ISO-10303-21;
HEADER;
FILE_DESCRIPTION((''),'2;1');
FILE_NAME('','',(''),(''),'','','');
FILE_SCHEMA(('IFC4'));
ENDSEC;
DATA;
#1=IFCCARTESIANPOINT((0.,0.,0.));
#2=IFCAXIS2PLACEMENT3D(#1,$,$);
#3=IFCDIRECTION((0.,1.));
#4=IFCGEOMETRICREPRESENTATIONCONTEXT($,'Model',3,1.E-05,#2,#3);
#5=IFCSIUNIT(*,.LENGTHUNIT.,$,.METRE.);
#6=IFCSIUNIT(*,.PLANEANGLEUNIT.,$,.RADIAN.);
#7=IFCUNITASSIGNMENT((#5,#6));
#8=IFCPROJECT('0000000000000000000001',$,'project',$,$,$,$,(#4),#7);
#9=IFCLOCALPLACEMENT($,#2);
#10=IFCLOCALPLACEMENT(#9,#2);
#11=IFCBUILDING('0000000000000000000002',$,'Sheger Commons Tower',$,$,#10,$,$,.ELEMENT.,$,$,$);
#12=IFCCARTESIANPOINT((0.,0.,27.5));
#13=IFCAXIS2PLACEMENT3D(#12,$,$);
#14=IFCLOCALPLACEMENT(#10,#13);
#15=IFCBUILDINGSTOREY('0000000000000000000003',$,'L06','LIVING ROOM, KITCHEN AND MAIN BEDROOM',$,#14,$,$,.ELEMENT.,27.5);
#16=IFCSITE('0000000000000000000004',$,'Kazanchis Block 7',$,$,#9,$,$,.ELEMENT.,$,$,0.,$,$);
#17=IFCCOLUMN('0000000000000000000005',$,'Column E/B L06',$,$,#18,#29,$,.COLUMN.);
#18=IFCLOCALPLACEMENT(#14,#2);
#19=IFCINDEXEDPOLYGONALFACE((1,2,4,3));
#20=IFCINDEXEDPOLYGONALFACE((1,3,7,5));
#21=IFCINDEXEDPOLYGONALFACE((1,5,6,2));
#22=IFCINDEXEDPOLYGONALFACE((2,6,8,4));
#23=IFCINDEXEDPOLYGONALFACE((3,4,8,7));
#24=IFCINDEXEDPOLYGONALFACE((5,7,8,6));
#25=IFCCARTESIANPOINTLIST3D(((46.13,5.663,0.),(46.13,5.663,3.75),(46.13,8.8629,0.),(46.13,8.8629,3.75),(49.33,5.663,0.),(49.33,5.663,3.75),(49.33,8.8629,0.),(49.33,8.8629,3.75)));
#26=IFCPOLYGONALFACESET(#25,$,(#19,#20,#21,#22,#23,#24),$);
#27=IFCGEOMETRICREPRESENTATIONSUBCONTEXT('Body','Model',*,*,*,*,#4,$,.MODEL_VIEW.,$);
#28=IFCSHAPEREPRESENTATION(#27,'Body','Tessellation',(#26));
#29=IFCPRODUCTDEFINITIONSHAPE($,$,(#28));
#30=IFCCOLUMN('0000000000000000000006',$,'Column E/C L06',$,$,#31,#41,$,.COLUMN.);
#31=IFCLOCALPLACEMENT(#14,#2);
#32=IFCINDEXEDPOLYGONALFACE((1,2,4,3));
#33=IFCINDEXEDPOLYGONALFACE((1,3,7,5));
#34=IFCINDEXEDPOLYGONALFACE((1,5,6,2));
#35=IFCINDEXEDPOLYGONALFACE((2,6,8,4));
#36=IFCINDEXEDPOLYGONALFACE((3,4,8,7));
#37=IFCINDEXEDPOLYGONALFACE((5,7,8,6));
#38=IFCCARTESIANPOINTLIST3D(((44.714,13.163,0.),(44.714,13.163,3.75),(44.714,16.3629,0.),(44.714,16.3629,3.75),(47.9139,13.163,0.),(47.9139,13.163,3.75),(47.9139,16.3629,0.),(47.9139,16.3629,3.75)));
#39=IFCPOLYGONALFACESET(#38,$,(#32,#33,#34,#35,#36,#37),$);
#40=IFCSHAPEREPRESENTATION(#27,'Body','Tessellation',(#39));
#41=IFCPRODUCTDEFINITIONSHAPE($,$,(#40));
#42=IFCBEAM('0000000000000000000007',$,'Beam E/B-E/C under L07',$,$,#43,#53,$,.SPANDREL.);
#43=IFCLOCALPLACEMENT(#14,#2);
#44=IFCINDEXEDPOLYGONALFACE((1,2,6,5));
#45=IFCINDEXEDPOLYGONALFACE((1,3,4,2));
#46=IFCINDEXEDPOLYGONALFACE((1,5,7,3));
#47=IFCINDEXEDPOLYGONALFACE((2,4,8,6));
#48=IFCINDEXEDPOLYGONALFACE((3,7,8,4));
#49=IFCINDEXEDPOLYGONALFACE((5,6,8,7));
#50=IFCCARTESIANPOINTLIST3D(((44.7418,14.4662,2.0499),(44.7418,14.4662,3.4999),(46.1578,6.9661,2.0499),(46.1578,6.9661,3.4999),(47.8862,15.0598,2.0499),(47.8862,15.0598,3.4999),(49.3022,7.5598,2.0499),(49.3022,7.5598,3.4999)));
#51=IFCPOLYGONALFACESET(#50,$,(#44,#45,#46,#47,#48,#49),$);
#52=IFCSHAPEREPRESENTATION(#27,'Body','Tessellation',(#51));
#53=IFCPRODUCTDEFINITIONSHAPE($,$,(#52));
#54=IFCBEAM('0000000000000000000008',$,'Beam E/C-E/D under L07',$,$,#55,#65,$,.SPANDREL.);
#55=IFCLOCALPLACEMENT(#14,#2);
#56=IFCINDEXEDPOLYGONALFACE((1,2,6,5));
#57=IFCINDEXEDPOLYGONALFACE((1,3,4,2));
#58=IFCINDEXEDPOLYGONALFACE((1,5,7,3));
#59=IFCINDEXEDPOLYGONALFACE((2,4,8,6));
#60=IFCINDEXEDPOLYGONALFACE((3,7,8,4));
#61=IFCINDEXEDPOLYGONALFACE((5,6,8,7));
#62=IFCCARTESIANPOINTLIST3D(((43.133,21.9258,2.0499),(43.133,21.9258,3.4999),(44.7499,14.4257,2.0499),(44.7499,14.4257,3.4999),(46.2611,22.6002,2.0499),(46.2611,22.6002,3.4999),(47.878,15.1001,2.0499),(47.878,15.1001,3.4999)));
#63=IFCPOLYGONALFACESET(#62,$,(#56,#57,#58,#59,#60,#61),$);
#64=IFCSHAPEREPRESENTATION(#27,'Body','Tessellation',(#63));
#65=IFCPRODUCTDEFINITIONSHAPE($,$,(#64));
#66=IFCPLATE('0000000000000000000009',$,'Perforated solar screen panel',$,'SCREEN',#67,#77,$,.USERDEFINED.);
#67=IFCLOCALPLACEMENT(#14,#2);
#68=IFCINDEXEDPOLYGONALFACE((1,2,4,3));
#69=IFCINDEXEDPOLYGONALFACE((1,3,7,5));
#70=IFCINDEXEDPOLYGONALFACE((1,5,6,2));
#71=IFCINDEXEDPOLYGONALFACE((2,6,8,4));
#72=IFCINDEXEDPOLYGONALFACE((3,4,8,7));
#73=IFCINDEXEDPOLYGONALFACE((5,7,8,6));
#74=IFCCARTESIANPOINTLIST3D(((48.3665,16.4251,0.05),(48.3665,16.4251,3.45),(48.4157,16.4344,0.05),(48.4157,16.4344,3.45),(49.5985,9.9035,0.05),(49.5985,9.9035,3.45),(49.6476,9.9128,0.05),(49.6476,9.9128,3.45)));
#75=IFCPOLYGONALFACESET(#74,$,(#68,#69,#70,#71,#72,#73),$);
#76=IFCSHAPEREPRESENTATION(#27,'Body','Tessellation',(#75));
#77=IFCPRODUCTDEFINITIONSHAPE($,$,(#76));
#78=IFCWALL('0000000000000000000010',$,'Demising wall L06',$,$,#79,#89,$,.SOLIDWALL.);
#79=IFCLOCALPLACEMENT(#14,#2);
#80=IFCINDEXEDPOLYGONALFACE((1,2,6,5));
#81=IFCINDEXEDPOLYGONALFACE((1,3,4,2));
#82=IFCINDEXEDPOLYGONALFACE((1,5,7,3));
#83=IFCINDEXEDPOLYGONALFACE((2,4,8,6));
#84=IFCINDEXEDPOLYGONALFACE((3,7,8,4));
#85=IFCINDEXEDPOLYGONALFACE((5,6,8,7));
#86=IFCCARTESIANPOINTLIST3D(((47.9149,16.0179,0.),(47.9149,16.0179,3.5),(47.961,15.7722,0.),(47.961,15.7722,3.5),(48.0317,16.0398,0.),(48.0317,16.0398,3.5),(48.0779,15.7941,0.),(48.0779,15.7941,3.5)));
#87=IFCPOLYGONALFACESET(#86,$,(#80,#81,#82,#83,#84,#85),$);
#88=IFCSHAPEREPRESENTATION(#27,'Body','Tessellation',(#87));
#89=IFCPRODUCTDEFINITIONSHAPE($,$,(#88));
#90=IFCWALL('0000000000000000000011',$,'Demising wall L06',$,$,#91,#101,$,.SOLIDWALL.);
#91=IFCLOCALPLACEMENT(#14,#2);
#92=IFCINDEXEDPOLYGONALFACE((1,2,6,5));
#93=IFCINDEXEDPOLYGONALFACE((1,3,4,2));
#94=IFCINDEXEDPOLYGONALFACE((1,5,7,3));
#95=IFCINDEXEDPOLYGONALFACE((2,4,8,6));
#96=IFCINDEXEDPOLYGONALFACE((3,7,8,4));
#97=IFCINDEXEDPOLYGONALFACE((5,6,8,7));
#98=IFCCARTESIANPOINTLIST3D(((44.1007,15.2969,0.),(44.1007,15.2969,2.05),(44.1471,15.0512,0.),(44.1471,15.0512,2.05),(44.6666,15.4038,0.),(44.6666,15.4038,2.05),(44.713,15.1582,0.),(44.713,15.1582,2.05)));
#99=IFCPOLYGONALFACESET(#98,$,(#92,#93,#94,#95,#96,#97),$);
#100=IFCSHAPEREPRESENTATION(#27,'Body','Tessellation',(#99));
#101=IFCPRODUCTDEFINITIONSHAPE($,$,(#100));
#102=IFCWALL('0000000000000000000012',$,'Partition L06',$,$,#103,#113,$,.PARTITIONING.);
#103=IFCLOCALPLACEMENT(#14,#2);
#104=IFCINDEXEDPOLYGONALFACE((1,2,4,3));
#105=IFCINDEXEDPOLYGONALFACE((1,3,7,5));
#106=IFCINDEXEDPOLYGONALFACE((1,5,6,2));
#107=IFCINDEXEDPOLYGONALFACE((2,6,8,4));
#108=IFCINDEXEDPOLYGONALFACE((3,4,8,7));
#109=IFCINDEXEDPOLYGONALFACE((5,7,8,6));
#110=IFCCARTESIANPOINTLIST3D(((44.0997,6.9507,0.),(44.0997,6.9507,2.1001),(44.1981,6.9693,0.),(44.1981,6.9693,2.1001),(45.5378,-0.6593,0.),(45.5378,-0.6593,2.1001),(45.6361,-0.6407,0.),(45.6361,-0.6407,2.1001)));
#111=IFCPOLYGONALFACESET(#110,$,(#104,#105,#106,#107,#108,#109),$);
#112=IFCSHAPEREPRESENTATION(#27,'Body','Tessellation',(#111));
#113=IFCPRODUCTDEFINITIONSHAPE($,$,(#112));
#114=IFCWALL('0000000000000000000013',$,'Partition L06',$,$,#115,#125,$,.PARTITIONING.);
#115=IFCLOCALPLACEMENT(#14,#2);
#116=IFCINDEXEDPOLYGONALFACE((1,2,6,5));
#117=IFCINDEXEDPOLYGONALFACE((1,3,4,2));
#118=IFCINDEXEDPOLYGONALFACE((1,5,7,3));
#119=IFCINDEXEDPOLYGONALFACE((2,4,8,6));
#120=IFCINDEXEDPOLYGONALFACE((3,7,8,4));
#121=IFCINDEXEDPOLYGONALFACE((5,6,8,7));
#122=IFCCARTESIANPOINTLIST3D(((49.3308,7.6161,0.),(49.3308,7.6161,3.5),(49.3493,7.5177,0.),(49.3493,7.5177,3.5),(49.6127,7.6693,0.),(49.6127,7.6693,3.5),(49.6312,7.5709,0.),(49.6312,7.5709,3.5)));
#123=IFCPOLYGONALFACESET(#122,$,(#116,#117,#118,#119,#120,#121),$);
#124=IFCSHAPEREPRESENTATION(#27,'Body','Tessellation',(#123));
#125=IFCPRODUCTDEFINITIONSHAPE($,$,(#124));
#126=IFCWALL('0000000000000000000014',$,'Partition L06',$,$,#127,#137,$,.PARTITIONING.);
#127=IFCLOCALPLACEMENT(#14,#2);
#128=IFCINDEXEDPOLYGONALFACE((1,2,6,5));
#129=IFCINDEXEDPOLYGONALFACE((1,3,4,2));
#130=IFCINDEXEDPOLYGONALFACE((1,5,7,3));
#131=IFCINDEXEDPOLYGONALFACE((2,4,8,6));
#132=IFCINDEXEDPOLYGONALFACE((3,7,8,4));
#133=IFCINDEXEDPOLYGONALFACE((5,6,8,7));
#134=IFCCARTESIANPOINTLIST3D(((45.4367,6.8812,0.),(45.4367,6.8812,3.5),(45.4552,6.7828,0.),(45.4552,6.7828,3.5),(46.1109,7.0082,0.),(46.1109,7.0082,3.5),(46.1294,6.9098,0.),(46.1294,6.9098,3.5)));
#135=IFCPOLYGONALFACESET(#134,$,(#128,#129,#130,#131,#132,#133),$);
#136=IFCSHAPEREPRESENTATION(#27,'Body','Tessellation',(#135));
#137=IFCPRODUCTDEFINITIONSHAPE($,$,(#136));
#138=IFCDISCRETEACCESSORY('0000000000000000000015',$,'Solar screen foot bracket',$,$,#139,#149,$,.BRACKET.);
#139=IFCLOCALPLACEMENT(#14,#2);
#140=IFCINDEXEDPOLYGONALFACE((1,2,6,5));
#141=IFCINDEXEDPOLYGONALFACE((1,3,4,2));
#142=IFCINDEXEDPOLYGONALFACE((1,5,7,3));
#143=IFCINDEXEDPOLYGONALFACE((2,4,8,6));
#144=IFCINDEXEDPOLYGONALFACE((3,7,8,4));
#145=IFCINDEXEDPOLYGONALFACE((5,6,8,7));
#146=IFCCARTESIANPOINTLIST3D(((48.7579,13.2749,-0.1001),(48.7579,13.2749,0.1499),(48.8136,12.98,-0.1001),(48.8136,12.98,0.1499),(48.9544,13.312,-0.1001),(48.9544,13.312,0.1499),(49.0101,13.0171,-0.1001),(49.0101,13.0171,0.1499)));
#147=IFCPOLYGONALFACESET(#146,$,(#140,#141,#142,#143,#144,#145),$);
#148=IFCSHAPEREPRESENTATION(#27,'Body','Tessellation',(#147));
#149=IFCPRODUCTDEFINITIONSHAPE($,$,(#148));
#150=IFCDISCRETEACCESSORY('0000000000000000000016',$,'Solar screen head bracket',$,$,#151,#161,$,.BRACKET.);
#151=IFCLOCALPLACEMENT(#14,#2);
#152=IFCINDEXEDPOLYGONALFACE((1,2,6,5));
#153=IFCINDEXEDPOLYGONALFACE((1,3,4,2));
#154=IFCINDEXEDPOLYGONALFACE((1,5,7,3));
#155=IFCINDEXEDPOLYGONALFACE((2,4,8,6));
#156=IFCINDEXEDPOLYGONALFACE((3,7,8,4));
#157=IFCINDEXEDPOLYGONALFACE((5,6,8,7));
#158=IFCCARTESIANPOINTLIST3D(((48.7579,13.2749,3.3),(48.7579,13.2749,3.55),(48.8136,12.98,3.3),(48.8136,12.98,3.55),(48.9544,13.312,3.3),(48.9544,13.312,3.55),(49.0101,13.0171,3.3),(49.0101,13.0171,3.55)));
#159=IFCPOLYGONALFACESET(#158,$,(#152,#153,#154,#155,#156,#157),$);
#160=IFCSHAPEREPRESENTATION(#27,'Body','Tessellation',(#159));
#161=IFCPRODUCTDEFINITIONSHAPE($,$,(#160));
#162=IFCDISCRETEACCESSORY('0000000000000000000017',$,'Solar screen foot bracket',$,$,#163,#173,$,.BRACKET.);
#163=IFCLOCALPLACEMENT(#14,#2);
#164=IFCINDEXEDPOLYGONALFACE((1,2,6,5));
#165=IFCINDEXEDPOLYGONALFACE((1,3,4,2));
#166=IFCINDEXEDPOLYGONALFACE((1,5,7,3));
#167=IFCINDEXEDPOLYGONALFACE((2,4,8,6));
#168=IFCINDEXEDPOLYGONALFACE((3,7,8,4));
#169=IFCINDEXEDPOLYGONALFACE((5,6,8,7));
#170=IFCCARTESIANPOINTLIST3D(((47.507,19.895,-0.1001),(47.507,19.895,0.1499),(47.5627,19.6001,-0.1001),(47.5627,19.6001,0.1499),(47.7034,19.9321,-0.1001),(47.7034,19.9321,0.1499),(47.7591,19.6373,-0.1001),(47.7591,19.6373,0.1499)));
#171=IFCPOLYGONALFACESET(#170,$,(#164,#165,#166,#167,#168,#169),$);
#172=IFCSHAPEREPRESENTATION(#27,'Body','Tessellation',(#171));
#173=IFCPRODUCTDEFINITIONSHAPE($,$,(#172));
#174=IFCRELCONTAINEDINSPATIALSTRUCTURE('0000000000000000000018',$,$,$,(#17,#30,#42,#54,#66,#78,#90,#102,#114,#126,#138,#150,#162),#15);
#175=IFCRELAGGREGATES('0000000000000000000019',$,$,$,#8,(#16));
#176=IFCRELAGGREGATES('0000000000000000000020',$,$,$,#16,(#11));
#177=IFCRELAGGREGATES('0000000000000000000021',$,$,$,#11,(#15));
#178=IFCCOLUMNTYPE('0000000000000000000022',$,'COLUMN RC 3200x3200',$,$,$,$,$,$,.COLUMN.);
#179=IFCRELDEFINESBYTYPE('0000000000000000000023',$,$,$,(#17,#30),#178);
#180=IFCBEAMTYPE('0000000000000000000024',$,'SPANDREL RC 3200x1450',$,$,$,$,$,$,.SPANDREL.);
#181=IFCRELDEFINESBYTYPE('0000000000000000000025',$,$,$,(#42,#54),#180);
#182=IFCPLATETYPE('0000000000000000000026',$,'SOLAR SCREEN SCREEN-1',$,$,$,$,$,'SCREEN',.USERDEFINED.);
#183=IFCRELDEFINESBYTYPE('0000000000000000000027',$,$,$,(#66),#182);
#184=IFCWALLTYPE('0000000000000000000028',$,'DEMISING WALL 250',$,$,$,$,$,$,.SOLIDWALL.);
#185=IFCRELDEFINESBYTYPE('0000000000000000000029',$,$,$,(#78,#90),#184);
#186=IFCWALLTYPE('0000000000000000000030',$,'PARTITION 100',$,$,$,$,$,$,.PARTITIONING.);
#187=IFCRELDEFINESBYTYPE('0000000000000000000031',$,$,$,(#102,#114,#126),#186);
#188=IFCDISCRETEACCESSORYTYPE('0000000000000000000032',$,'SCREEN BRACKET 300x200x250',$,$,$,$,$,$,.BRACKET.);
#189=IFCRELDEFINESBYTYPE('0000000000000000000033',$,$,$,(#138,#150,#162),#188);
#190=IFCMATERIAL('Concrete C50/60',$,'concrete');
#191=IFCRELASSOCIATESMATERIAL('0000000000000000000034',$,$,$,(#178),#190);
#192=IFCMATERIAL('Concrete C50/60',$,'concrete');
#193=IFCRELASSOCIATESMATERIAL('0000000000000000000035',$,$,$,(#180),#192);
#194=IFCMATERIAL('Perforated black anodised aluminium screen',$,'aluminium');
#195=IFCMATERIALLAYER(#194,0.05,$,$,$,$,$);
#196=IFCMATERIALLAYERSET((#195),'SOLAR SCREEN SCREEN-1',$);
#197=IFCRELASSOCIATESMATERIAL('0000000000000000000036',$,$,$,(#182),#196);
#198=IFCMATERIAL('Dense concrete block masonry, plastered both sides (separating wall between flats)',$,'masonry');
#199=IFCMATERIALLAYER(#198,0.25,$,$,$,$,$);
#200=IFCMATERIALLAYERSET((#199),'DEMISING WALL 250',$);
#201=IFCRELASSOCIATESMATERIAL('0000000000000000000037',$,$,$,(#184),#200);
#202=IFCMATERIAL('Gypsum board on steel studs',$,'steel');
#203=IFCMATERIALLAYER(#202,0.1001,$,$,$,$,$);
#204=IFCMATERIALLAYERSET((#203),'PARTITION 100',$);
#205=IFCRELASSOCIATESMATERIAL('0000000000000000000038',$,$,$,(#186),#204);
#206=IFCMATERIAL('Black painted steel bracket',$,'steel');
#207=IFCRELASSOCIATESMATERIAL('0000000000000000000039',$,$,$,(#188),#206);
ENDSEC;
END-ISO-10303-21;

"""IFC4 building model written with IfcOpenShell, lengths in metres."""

from ifc_helpers import new_model, si_unit, direction, frame, frame_2d, origin, origin_2d, place, context, subcontext, project, spatial, rectangle, extrude, material, layer, layer_set, material_profile, profile_set, type_object, element, save


model = new_model("IFC4")

# Units and contexts
model_context = context("Model", 3, precision=1e-05, world=origin(), true_north=direction((0.0, 1.0)))
body_context = subcontext(model_context, "Body", "Model", "MODEL_VIEW")
ifc_project = project(units=[si_unit("LENGTHUNIT", "METRE"), si_unit("PLANEANGLEUNIT", "RADIAN")], contexts=[model_context])

# Site, building, storey
site_placement = place(None, origin())
site = spatial("IfcSite", under=ifc_project, at=site_placement, Name="Kazanchis Block 7", CompositionType="ELEMENT", RefElevation=0.0)
building_placement = place(site_placement, origin())
building = spatial("IfcBuilding", under=site, at=building_placement, Name="Sheger Commons Tower", CompositionType="ELEMENT")
storey_placement = place(building_placement, frame((0.0, 0.0, 27.5)))
storey = spatial("IfcBuildingStorey", under=building, at=storey_placement, Name="L06", Description="LIVING ROOM, KITCHEN AND MAIN BEDROOM", CompositionType="ELEMENT", Elevation=27.5)

# Columns
ifc_material_1 = material(Name="Concrete C50/60", Category="concrete")
ifc_material_profile_1 = material_profile(ifc_material_1, rectangle(XDim=3.2, YDim=3.2, at=origin_2d()), Name="RC 3200x3200")
ifc_profile_set_1 = profile_set([ifc_material_profile_1], Name="Concrete C50/60")
column_type = type_object("IfcColumnType", Name="COLUMN RC 3200x3200", PredefinedType="COLUMN", material=ifc_profile_set_1)
for number, where, z_axis, x_axis, name in (
    (1, (47.73, 7.2629, 0.0), (0.0, 0.0, 1.0), (1.0, 0.0, 0.0), "Column E/B L06"),
    (2, (46.314, 14.7629, 0.0), (0.0, 0.0, 1.0), (1.0, 0.0, 0.0), "Column E/C L06"),
):
    element("IfcColumn", number, at=place(storey_placement, frame(where, z_axis=z_axis, x_axis=x_axis)), inside=storey, type_object=column_type, Name=name, PredefinedType="COLUMN", context=body_context, shape_type="SweptSolid", body=[
        extrude(rectangle(XDim=3.2, YDim=3.2, at=origin_2d()), origin(), (0.0, 0.0, 1.0), 3.75),
    ])

# Beams
ifc_material_2 = material(Name="Concrete C50/60", Category="concrete")
ifc_material_profile_2 = material_profile(ifc_material_2, rectangle(XDim=3.2, YDim=1.45, at=origin_2d()), Name="RC 3200x1450")
ifc_profile_set_2 = profile_set([ifc_material_profile_2], Name="Concrete C50/60")
beam_type = type_object("IfcBeamType", Name="SPANDREL RC 3200x1450", PredefinedType="SPANDREL", material=ifc_profile_set_2)
beam_1_placement = place(storey_placement, frame((47.73, 7.2629, 2.7749), z_axis=(-0.185524, 0.98264, 0.0), x_axis=(-0.98264, -0.185524, 0.0)))
element("IfcBeam", 3, at=beam_1_placement, inside=storey, type_object=beam_type, Name="Beam E/B-E/C under L07", PredefinedType="SPANDREL", context=body_context, shape_type="SweptSolid", body=[
    extrude(rectangle(XDim=3.2, YDim=1.45, at=origin_2d()), origin(), (0.0, 0.0, 1.0), 7.6326),
])
beam_2_placement = place(storey_placement, frame((46.314, 14.7629, 2.7749), z_axis=(-0.21075, 0.97754, 0.0), x_axis=(-0.97754, -0.21075, 0.0)))
element("IfcBeam", 4, at=beam_2_placement, inside=storey, type_object=beam_type, Name="Beam E/C-E/D under L07", PredefinedType="SPANDREL", context=body_context, shape_type="SweptSolid", body=[
    extrude(rectangle(XDim=3.2, YDim=1.45, at=origin_2d()), origin(), (0.0, 0.0, 1.0), 7.6724),
])

# Plate
ifc_material_3 = material(Name="Perforated black anodised aluminium screen", Category="aluminium")
ifc_layer_1 = layer(ifc_material_3, 0.05)
ifc_layer_set_1 = layer_set([ifc_layer_1], Name="SOLAR SCREEN SCREEN-1")
plate_type = type_object("IfcPlateType", Name="SOLAR SCREEN SCREEN-1", ElementType="SCREEN", PredefinedType="USERDEFINED", material=ifc_layer_set_1)
plate_placement = place(storey_placement, frame((49.0071, 13.1689, 0.05), z_axis=(0.0, 0.0, 1.0), x_axis=(-0.185615, 0.982623, 0.0)))
element("IfcPlate", 5, at=plate_placement, inside=storey, type_object=plate_type, Name="Perforated solar screen panel", ObjectType="SCREEN", PredefinedType="USERDEFINED", context=body_context, shape_type="SweptSolid", body=[
    extrude(rectangle(XDim=6.637, YDim=0.05, at=origin_2d()), origin(), (0.0, 0.0, 1.0), 3.3999),
])

# Walls
ifc_material_4 = material(Name="Dense concrete block masonry, plastered both sides (separating wall between flats)", Category="masonry")
ifc_layer_2 = layer(ifc_material_4, 0.25)
ifc_layer_set_2 = layer_set([ifc_layer_2], Name="DEMISING WALL 250")
wall_type_1 = type_object("IfcWallType", Name="DEMISING WALL 250", PredefinedType="SOLIDWALL", material=ifc_layer_set_2)
wall_1_placement = place(storey_placement, frame((48.0549, 15.917, 0.0), z_axis=(0.0, 0.0, 1.0), x_axis=(-0.982802, -0.18466, 0.0)))
element("IfcWall", 6, at=wall_1_placement, inside=storey, type_object=wall_type_1, Name="Demising wall L06", PredefinedType="SOLIDWALL", context=body_context, shape_type="SweptSolid", body=[
    extrude(rectangle(XDim=0.1189, YDim=0.25, at=frame_2d((0.0596, 0.0))), origin(), (0.0, 0.0, 1.0), 3.5),
])
wall_2_placement = place(storey_placement, frame((44.6899, 15.281, 0.0), z_axis=(0.0, 0.0, 1.0), x_axis=(-0.982612, -0.18567, 0.0)))
element("IfcWall", 7, at=wall_2_placement, inside=storey, type_object=wall_type_1, Name="Demising wall L06", PredefinedType="SOLIDWALL", context=body_context, shape_type="SweptSolid", body=[
    extrude(rectangle(XDim=0.5759, YDim=0.25, at=frame_2d((0.2881, 0.0))), origin(), (0.0, 0.0, 1.0), 2.05),
])
ifc_material_5 = material(Name="Gypsum board on steel studs", Category="steel")
ifc_layer_3 = layer(ifc_material_5, 0.1001)
ifc_layer_set_3 = layer_set([ifc_layer_3], Name="PARTITION 100")
wall_type_2 = type_object("IfcWallType", Name="PARTITION 100", PredefinedType="PARTITIONING", material=ifc_layer_set_3)
wall_3_placement = place(storey_placement, frame((44.1489, 6.96, 0.0), z_axis=(0.0, 0.0, 1.0), x_axis=(0.185678, -0.982611, 0.0)))
element("IfcWall", 8, at=wall_3_placement, inside=storey, type_object=wall_type_2, Name="Partition L06", PredefinedType="PARTITIONING", context=body_context, shape_type="SweptSolid", body=[
    extrude(rectangle(XDim=7.7446, YDim=0.1001, at=frame_2d((3.8723, 0.0))), origin(), (0.0, 0.0, 1.0), 2.1001),
])
wall_4_placement = place(storey_placement, frame((49.6221, 7.6201, 0.0), z_axis=(0.0, 0.0, 1.0), x_axis=(-0.98265, -0.18547, 0.0)))
element("IfcWall", 9, at=wall_4_placement, inside=storey, type_object=wall_type_2, Name="Partition L06", PredefinedType="PARTITIONING", context=body_context, shape_type="SweptSolid", body=[
    extrude(rectangle(XDim=0.2869, YDim=0.1001, at=frame_2d((0.1436, 0.0))), origin(), (0.0, 0.0, 1.0), 3.5),
])
wall_5_placement = place(storey_placement, frame((46.1201, 6.959, 0.0), z_axis=(0.0, 0.0, 1.0), x_axis=(-0.982723, -0.185084, 0.0)))
element("IfcWall", 10, at=wall_5_placement, inside=storey, type_object=wall_type_2, Name="Partition L06", PredefinedType="PARTITIONING", context=body_context, shape_type="SweptSolid", body=[
    extrude(rectangle(XDim=0.686, YDim=0.1001, at=frame_2d((0.343, 0.0))), origin(), (0.0, 0.0, 1.0), 3.5),
])

# Discrete accessories
ifc_material_6 = material(Name="Black painted steel bracket", Category="steel")
discrete_accessory_type = type_object("IfcDiscreteAccessoryType", Name="SCREEN BRACKET 300x200x250", PredefinedType="BRACKET", material=ifc_material_6)
for number, where, z_axis, x_axis, name in (
    (11, (48.884, 13.146, -0.1001), (0.0, 0.0, 1.0), (-0.185615, 0.982623, 0.0), "Solar screen foot bracket"),
    (12, (48.884, 13.146, 3.3), (0.0, 0.0, 1.0), (-0.185615, 0.982623, 0.0), "Solar screen head bracket"),
    (13, (47.6331, 19.7661, -0.1001), (0.0, 0.0, 1.0), (-0.185615, 0.982623, 0.0), "Solar screen foot bracket"),
):
    element("IfcDiscreteAccessory", number, at=place(storey_placement, frame(where, z_axis=z_axis, x_axis=x_axis)), inside=storey, type_object=discrete_accessory_type, Name=name, PredefinedType="BRACKET", context=body_context, shape_type="SweptSolid", body=[
        extrude(rectangle(XDim=0.3, YDim=0.2, at=origin_2d()), origin(), (0.0, 0.0, 1.0), 0.25),
    ])

save(model, "model.ifc")
